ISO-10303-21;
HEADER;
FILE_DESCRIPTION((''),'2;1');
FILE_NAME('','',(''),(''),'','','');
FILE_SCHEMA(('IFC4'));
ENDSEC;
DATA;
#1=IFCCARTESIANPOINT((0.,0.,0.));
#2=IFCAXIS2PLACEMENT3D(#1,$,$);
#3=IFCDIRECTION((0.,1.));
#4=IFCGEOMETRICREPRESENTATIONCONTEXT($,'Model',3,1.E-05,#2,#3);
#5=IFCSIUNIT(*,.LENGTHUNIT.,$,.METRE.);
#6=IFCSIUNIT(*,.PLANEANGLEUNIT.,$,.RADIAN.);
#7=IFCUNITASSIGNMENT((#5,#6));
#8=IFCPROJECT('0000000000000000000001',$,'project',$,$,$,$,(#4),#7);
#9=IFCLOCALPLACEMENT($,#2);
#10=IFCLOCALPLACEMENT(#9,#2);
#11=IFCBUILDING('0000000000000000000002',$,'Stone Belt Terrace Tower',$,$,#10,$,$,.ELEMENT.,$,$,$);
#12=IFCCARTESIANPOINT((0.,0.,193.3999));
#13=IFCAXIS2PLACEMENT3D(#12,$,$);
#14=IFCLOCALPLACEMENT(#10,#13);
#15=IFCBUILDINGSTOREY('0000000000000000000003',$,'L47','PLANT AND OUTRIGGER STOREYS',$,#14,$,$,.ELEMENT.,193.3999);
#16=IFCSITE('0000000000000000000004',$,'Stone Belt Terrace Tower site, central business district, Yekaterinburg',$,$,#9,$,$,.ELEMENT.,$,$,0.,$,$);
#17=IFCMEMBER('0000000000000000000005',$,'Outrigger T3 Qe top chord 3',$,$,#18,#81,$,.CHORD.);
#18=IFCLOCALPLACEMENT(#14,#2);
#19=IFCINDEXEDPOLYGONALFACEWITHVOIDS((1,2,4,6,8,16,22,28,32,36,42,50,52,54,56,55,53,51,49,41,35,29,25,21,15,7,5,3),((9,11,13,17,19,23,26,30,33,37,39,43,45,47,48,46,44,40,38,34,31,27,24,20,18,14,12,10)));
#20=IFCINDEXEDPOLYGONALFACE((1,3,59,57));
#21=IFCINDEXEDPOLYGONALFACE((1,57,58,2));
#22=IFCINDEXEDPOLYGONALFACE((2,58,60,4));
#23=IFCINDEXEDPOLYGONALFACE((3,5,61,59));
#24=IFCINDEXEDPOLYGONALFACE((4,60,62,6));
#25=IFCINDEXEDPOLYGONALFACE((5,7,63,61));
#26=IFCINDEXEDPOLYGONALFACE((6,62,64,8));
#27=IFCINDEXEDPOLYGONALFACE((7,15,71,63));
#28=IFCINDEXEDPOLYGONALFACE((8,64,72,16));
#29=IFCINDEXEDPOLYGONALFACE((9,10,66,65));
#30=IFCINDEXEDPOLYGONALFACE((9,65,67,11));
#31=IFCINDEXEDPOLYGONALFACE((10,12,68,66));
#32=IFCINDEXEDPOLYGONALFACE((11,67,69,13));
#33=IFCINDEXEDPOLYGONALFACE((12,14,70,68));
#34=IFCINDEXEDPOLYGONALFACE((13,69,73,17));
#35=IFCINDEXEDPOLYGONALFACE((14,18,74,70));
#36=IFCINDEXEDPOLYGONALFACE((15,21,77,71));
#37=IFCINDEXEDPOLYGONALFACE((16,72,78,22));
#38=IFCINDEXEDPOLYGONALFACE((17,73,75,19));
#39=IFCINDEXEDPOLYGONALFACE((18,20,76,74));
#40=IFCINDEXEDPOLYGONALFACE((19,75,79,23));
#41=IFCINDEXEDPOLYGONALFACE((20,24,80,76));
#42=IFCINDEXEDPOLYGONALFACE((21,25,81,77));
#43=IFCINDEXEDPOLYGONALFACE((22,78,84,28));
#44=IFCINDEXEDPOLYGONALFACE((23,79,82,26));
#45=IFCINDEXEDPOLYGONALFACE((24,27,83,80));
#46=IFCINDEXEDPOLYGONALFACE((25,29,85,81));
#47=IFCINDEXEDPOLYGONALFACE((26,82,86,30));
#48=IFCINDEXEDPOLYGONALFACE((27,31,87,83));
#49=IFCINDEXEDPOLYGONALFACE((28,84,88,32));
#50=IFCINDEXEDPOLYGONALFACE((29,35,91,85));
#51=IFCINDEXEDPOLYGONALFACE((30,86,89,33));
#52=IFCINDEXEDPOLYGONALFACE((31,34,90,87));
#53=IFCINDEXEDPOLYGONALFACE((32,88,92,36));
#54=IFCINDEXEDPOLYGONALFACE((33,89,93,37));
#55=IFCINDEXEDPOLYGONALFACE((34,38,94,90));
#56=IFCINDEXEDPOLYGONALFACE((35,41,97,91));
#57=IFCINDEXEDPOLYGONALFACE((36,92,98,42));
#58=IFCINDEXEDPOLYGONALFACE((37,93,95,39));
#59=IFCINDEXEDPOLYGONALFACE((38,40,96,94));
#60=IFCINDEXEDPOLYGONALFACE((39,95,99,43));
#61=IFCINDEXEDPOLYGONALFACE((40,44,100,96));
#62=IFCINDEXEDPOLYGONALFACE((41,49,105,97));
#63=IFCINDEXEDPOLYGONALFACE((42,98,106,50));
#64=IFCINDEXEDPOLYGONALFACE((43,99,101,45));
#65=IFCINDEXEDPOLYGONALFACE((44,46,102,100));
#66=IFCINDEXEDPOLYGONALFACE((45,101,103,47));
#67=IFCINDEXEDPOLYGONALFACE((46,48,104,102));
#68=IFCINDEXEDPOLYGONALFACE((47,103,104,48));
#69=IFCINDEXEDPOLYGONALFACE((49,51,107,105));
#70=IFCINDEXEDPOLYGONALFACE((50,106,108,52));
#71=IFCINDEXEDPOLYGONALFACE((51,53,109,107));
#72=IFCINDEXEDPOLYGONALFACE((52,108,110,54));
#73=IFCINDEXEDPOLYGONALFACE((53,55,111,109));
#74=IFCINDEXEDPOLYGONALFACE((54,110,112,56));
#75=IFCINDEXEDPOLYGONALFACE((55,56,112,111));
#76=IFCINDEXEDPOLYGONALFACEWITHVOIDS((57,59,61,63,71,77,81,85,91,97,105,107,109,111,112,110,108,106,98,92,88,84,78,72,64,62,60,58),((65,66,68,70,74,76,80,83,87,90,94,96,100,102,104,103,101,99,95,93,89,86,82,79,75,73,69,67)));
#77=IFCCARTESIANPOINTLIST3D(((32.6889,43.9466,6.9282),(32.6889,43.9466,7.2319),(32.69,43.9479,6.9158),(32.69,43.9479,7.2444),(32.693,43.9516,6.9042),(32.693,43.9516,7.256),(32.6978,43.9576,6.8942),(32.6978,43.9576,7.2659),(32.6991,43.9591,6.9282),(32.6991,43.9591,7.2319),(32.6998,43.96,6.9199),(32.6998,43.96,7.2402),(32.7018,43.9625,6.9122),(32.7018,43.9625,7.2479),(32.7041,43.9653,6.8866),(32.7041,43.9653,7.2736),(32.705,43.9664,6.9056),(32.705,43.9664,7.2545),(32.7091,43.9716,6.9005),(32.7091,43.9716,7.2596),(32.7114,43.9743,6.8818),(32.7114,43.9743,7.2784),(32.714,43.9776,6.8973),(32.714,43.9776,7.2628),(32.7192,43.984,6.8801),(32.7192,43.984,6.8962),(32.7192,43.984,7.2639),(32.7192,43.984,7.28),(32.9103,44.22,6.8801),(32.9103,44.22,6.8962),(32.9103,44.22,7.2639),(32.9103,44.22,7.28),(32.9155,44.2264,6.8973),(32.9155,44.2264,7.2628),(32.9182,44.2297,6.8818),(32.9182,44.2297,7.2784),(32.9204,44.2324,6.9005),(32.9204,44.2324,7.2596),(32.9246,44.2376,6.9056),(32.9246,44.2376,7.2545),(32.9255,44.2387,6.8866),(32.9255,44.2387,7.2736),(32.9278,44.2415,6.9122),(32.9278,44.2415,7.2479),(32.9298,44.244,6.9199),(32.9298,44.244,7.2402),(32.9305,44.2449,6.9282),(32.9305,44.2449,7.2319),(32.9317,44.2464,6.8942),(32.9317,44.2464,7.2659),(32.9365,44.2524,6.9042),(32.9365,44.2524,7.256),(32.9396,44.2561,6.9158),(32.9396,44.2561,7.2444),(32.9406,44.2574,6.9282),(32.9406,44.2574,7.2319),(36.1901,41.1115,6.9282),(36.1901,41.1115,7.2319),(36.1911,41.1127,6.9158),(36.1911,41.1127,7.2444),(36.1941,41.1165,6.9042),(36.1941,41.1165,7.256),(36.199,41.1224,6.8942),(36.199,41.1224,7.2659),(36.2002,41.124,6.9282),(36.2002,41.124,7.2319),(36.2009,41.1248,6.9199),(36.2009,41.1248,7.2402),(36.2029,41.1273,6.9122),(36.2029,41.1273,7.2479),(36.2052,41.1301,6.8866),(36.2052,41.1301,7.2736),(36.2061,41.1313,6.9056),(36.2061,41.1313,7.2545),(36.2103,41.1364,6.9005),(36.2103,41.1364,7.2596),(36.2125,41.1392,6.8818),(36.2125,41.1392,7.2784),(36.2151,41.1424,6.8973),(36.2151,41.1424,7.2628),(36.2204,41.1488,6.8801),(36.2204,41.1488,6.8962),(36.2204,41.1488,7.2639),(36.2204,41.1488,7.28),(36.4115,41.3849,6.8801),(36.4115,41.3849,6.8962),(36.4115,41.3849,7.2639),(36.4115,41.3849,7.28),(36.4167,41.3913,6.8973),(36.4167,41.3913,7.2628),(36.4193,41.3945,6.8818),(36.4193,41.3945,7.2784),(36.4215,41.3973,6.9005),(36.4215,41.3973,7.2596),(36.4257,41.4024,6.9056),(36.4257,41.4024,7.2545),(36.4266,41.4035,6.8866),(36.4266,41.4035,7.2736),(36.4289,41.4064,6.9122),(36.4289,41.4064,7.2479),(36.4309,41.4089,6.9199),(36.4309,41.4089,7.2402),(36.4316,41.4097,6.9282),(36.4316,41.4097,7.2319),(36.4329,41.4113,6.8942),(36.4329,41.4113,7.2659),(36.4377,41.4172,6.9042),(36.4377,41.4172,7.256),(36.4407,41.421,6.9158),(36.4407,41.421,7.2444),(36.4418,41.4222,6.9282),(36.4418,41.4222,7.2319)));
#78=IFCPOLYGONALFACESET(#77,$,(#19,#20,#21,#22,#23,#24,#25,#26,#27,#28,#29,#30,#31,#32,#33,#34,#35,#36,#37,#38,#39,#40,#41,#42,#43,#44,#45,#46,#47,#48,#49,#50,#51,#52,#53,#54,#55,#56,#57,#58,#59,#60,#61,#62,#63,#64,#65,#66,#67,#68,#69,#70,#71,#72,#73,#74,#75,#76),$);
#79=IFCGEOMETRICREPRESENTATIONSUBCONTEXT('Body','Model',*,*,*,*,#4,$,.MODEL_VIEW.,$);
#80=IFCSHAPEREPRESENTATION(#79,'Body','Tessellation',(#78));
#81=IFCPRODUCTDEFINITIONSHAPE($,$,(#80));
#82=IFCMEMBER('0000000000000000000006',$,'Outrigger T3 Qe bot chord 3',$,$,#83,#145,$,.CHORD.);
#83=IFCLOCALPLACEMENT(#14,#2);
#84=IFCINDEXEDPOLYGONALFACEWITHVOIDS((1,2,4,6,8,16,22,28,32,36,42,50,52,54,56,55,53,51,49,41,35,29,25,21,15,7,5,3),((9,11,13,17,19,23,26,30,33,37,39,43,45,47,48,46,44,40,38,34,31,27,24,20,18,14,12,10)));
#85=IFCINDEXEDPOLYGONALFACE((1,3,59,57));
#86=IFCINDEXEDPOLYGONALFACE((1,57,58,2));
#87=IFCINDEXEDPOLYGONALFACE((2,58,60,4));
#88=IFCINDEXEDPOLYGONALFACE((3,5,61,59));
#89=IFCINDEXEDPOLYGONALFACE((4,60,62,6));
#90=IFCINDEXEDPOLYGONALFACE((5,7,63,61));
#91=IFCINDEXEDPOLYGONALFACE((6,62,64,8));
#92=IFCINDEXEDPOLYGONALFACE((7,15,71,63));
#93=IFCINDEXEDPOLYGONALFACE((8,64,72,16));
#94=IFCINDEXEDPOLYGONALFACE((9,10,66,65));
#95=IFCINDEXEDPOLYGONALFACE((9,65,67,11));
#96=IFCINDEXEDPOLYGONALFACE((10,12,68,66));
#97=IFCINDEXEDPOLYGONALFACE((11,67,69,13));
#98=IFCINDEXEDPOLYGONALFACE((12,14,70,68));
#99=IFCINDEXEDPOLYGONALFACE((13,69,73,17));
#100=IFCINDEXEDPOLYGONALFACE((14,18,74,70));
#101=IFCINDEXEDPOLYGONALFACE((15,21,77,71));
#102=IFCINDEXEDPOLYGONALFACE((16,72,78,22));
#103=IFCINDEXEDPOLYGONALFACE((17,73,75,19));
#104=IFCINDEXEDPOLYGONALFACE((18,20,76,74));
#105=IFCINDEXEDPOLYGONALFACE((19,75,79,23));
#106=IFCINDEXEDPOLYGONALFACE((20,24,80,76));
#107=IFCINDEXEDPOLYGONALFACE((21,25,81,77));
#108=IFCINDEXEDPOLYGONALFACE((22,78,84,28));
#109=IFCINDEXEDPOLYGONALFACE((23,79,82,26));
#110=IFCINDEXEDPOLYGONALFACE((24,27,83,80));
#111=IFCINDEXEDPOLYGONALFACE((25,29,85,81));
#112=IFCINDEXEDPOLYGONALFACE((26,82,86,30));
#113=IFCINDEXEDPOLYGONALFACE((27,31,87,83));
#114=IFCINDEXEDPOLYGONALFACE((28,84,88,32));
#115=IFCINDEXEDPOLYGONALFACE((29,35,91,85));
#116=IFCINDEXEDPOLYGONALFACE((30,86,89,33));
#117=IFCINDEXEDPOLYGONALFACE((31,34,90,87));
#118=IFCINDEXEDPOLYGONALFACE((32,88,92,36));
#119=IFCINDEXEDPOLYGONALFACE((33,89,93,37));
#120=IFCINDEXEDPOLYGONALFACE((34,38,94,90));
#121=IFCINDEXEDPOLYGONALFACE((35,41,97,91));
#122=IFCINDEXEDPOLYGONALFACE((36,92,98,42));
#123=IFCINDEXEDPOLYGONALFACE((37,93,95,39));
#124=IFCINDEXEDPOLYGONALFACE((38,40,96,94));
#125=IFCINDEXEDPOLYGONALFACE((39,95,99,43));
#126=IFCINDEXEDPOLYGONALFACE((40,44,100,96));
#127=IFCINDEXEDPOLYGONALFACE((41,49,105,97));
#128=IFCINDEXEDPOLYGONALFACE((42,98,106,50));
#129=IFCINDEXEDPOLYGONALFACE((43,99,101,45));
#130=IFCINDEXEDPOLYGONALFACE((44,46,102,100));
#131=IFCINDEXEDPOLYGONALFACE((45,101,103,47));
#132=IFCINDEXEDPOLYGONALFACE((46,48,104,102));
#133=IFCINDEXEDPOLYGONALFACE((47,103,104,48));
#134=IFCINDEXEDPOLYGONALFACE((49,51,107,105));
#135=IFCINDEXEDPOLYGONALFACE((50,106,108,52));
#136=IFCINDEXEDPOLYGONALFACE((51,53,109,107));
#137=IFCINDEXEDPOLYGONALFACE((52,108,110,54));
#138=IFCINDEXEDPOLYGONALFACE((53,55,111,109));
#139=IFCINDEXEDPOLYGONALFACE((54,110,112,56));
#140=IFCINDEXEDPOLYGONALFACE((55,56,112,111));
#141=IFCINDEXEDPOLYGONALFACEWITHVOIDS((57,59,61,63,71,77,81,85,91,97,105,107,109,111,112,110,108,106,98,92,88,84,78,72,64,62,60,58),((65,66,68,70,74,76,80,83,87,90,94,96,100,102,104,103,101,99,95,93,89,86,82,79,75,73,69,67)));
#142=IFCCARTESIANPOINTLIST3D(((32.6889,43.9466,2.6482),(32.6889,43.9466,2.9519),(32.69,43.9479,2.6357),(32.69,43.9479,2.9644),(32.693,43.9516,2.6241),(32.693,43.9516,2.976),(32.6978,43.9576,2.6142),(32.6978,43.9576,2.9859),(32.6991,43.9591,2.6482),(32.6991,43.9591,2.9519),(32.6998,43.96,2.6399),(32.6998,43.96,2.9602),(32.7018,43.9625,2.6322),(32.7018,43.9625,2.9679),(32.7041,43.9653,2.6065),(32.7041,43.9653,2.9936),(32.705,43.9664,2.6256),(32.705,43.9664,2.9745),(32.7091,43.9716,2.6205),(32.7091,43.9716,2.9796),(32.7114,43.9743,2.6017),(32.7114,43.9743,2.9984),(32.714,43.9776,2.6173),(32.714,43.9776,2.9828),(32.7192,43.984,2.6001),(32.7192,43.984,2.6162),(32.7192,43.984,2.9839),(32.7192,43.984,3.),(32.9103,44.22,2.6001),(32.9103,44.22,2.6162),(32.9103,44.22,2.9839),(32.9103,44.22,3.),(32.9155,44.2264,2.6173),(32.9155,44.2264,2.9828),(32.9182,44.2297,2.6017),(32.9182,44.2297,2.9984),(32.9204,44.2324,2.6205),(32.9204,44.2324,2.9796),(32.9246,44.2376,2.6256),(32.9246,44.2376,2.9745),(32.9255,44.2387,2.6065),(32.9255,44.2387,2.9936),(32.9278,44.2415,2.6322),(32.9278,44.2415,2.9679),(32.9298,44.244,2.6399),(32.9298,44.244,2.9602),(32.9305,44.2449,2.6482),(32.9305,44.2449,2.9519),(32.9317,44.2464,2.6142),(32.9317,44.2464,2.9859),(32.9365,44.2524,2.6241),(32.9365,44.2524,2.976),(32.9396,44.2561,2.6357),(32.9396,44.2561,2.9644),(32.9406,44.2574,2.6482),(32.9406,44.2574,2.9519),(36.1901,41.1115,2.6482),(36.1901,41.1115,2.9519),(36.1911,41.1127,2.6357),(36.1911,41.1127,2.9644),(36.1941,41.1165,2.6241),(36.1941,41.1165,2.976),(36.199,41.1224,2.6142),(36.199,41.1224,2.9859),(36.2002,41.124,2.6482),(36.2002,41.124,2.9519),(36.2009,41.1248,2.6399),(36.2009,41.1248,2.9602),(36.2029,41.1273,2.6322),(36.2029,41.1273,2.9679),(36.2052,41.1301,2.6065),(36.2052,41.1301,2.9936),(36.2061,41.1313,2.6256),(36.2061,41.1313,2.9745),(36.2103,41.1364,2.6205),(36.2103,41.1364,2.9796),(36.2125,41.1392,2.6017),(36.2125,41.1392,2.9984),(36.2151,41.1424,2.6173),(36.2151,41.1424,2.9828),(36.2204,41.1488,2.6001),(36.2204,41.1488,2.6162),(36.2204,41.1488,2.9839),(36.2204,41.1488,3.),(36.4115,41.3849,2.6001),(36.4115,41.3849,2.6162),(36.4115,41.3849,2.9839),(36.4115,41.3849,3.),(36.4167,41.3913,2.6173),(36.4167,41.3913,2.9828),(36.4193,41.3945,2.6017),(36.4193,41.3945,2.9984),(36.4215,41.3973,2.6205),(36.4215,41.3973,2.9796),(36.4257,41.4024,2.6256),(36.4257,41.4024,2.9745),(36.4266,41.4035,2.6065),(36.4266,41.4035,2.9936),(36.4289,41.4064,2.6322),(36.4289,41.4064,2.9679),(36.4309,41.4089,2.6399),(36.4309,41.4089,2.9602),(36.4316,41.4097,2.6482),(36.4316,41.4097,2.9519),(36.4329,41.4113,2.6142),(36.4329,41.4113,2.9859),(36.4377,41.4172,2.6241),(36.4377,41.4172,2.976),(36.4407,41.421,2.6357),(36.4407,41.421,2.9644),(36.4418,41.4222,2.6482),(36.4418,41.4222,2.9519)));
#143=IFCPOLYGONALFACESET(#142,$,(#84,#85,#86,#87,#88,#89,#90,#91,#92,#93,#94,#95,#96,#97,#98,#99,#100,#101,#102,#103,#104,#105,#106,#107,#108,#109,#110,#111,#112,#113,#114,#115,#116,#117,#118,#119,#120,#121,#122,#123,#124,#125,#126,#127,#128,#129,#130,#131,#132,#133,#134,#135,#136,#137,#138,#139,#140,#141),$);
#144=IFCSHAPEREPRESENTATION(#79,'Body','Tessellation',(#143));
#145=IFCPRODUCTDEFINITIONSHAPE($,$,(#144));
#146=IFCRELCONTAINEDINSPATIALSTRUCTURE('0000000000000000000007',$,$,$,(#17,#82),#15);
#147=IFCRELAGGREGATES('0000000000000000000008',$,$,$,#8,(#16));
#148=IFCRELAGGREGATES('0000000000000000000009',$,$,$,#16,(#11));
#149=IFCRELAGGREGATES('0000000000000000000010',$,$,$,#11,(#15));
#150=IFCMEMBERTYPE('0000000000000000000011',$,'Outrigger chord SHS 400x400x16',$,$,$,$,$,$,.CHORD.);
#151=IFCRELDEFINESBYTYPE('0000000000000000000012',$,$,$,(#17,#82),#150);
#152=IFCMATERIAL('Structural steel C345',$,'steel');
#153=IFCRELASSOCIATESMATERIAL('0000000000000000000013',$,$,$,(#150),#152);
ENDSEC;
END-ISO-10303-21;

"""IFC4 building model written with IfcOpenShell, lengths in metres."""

from ifc_helpers import new_model, si_unit, direction, frame, origin, origin_2d, place, context, subcontext, project, spatial, hollow_rectangle, extrude, material, material_profile, profile_set, type_object, element, save


model = new_model("IFC4")

# Units and contexts
model_context = context("Model", 3, precision=1e-05, world=origin(), true_north=direction((0.0, 1.0)))
body_context = subcontext(model_context, "Body", "Model", "MODEL_VIEW")
ifc_project = project(units=[si_unit("LENGTHUNIT", "METRE"), si_unit("PLANEANGLEUNIT", "RADIAN")], contexts=[model_context])

# Site, building, storey
site_placement = place(None, origin())
site = spatial("IfcSite", under=ifc_project, at=site_placement, Name="Stone Belt Terrace Tower site, central business district, Yekaterinburg", CompositionType="ELEMENT", RefElevation=0.0)
building_placement = place(site_placement, origin())
building = spatial("IfcBuilding", under=site, at=building_placement, Name="Stone Belt Terrace Tower", CompositionType="ELEMENT")
storey_placement = place(building_placement, frame((0.0, 0.0, 193.3999)))
storey = spatial("IfcBuildingStorey", under=building, at=storey_placement, Name="L47", Description="PLANT AND OUTRIGGER STOREYS", CompositionType="ELEMENT", Elevation=193.3999)

# Members
ifc_material_1 = material(Name="Structural steel C345", Category="steel")
ifc_material_profile_1 = material_profile(ifc_material_1, hollow_rectangle(XDim=0.3999, YDim=0.3999, WallThickness=0.0161, InnerFilletRadius=0.032, OuterFilletRadius=0.0481, at=origin_2d()), Name="SHS 400x400x16")
ifc_profile_set_1 = profile_set([ifc_material_profile_1], Name="Structural steel C345")
member_type_1 = type_object("IfcMemberType", Name="Outrigger chord SHS 400x400x16", PredefinedType="CHORD", material=ifc_profile_set_1)
for number, where, z_axis, x_axis, name in (
    (1, (36.3159, 41.2668, 7.0801), (-0.777149, 0.629317, 0.0), (-0.629317, -0.777149, 0.0), "Outrigger T3 Qe top chord 3"),
    (2, (36.3159, 41.2668, 2.8), (-0.777149, 0.629317, 0.0), (-0.629317, -0.777149, 0.0), "Outrigger T3 Qe bot chord 3"),
):
    element("IfcMember", number, at=place(storey_placement, frame(where, z_axis=z_axis, x_axis=x_axis)), inside=storey, type_object=member_type_1, Name=name, PredefinedType="CHORD", context=body_context, shape_type="SweptSolid", body=[
        extrude(hollow_rectangle(XDim=0.3999, YDim=0.3999, WallThickness=0.0161, InnerFilletRadius=0.032, OuterFilletRadius=0.0481, at=origin_2d()), origin(), (0.0, 0.0, 1.0), 4.5051),
    ])

save(model, "model.ifc")
